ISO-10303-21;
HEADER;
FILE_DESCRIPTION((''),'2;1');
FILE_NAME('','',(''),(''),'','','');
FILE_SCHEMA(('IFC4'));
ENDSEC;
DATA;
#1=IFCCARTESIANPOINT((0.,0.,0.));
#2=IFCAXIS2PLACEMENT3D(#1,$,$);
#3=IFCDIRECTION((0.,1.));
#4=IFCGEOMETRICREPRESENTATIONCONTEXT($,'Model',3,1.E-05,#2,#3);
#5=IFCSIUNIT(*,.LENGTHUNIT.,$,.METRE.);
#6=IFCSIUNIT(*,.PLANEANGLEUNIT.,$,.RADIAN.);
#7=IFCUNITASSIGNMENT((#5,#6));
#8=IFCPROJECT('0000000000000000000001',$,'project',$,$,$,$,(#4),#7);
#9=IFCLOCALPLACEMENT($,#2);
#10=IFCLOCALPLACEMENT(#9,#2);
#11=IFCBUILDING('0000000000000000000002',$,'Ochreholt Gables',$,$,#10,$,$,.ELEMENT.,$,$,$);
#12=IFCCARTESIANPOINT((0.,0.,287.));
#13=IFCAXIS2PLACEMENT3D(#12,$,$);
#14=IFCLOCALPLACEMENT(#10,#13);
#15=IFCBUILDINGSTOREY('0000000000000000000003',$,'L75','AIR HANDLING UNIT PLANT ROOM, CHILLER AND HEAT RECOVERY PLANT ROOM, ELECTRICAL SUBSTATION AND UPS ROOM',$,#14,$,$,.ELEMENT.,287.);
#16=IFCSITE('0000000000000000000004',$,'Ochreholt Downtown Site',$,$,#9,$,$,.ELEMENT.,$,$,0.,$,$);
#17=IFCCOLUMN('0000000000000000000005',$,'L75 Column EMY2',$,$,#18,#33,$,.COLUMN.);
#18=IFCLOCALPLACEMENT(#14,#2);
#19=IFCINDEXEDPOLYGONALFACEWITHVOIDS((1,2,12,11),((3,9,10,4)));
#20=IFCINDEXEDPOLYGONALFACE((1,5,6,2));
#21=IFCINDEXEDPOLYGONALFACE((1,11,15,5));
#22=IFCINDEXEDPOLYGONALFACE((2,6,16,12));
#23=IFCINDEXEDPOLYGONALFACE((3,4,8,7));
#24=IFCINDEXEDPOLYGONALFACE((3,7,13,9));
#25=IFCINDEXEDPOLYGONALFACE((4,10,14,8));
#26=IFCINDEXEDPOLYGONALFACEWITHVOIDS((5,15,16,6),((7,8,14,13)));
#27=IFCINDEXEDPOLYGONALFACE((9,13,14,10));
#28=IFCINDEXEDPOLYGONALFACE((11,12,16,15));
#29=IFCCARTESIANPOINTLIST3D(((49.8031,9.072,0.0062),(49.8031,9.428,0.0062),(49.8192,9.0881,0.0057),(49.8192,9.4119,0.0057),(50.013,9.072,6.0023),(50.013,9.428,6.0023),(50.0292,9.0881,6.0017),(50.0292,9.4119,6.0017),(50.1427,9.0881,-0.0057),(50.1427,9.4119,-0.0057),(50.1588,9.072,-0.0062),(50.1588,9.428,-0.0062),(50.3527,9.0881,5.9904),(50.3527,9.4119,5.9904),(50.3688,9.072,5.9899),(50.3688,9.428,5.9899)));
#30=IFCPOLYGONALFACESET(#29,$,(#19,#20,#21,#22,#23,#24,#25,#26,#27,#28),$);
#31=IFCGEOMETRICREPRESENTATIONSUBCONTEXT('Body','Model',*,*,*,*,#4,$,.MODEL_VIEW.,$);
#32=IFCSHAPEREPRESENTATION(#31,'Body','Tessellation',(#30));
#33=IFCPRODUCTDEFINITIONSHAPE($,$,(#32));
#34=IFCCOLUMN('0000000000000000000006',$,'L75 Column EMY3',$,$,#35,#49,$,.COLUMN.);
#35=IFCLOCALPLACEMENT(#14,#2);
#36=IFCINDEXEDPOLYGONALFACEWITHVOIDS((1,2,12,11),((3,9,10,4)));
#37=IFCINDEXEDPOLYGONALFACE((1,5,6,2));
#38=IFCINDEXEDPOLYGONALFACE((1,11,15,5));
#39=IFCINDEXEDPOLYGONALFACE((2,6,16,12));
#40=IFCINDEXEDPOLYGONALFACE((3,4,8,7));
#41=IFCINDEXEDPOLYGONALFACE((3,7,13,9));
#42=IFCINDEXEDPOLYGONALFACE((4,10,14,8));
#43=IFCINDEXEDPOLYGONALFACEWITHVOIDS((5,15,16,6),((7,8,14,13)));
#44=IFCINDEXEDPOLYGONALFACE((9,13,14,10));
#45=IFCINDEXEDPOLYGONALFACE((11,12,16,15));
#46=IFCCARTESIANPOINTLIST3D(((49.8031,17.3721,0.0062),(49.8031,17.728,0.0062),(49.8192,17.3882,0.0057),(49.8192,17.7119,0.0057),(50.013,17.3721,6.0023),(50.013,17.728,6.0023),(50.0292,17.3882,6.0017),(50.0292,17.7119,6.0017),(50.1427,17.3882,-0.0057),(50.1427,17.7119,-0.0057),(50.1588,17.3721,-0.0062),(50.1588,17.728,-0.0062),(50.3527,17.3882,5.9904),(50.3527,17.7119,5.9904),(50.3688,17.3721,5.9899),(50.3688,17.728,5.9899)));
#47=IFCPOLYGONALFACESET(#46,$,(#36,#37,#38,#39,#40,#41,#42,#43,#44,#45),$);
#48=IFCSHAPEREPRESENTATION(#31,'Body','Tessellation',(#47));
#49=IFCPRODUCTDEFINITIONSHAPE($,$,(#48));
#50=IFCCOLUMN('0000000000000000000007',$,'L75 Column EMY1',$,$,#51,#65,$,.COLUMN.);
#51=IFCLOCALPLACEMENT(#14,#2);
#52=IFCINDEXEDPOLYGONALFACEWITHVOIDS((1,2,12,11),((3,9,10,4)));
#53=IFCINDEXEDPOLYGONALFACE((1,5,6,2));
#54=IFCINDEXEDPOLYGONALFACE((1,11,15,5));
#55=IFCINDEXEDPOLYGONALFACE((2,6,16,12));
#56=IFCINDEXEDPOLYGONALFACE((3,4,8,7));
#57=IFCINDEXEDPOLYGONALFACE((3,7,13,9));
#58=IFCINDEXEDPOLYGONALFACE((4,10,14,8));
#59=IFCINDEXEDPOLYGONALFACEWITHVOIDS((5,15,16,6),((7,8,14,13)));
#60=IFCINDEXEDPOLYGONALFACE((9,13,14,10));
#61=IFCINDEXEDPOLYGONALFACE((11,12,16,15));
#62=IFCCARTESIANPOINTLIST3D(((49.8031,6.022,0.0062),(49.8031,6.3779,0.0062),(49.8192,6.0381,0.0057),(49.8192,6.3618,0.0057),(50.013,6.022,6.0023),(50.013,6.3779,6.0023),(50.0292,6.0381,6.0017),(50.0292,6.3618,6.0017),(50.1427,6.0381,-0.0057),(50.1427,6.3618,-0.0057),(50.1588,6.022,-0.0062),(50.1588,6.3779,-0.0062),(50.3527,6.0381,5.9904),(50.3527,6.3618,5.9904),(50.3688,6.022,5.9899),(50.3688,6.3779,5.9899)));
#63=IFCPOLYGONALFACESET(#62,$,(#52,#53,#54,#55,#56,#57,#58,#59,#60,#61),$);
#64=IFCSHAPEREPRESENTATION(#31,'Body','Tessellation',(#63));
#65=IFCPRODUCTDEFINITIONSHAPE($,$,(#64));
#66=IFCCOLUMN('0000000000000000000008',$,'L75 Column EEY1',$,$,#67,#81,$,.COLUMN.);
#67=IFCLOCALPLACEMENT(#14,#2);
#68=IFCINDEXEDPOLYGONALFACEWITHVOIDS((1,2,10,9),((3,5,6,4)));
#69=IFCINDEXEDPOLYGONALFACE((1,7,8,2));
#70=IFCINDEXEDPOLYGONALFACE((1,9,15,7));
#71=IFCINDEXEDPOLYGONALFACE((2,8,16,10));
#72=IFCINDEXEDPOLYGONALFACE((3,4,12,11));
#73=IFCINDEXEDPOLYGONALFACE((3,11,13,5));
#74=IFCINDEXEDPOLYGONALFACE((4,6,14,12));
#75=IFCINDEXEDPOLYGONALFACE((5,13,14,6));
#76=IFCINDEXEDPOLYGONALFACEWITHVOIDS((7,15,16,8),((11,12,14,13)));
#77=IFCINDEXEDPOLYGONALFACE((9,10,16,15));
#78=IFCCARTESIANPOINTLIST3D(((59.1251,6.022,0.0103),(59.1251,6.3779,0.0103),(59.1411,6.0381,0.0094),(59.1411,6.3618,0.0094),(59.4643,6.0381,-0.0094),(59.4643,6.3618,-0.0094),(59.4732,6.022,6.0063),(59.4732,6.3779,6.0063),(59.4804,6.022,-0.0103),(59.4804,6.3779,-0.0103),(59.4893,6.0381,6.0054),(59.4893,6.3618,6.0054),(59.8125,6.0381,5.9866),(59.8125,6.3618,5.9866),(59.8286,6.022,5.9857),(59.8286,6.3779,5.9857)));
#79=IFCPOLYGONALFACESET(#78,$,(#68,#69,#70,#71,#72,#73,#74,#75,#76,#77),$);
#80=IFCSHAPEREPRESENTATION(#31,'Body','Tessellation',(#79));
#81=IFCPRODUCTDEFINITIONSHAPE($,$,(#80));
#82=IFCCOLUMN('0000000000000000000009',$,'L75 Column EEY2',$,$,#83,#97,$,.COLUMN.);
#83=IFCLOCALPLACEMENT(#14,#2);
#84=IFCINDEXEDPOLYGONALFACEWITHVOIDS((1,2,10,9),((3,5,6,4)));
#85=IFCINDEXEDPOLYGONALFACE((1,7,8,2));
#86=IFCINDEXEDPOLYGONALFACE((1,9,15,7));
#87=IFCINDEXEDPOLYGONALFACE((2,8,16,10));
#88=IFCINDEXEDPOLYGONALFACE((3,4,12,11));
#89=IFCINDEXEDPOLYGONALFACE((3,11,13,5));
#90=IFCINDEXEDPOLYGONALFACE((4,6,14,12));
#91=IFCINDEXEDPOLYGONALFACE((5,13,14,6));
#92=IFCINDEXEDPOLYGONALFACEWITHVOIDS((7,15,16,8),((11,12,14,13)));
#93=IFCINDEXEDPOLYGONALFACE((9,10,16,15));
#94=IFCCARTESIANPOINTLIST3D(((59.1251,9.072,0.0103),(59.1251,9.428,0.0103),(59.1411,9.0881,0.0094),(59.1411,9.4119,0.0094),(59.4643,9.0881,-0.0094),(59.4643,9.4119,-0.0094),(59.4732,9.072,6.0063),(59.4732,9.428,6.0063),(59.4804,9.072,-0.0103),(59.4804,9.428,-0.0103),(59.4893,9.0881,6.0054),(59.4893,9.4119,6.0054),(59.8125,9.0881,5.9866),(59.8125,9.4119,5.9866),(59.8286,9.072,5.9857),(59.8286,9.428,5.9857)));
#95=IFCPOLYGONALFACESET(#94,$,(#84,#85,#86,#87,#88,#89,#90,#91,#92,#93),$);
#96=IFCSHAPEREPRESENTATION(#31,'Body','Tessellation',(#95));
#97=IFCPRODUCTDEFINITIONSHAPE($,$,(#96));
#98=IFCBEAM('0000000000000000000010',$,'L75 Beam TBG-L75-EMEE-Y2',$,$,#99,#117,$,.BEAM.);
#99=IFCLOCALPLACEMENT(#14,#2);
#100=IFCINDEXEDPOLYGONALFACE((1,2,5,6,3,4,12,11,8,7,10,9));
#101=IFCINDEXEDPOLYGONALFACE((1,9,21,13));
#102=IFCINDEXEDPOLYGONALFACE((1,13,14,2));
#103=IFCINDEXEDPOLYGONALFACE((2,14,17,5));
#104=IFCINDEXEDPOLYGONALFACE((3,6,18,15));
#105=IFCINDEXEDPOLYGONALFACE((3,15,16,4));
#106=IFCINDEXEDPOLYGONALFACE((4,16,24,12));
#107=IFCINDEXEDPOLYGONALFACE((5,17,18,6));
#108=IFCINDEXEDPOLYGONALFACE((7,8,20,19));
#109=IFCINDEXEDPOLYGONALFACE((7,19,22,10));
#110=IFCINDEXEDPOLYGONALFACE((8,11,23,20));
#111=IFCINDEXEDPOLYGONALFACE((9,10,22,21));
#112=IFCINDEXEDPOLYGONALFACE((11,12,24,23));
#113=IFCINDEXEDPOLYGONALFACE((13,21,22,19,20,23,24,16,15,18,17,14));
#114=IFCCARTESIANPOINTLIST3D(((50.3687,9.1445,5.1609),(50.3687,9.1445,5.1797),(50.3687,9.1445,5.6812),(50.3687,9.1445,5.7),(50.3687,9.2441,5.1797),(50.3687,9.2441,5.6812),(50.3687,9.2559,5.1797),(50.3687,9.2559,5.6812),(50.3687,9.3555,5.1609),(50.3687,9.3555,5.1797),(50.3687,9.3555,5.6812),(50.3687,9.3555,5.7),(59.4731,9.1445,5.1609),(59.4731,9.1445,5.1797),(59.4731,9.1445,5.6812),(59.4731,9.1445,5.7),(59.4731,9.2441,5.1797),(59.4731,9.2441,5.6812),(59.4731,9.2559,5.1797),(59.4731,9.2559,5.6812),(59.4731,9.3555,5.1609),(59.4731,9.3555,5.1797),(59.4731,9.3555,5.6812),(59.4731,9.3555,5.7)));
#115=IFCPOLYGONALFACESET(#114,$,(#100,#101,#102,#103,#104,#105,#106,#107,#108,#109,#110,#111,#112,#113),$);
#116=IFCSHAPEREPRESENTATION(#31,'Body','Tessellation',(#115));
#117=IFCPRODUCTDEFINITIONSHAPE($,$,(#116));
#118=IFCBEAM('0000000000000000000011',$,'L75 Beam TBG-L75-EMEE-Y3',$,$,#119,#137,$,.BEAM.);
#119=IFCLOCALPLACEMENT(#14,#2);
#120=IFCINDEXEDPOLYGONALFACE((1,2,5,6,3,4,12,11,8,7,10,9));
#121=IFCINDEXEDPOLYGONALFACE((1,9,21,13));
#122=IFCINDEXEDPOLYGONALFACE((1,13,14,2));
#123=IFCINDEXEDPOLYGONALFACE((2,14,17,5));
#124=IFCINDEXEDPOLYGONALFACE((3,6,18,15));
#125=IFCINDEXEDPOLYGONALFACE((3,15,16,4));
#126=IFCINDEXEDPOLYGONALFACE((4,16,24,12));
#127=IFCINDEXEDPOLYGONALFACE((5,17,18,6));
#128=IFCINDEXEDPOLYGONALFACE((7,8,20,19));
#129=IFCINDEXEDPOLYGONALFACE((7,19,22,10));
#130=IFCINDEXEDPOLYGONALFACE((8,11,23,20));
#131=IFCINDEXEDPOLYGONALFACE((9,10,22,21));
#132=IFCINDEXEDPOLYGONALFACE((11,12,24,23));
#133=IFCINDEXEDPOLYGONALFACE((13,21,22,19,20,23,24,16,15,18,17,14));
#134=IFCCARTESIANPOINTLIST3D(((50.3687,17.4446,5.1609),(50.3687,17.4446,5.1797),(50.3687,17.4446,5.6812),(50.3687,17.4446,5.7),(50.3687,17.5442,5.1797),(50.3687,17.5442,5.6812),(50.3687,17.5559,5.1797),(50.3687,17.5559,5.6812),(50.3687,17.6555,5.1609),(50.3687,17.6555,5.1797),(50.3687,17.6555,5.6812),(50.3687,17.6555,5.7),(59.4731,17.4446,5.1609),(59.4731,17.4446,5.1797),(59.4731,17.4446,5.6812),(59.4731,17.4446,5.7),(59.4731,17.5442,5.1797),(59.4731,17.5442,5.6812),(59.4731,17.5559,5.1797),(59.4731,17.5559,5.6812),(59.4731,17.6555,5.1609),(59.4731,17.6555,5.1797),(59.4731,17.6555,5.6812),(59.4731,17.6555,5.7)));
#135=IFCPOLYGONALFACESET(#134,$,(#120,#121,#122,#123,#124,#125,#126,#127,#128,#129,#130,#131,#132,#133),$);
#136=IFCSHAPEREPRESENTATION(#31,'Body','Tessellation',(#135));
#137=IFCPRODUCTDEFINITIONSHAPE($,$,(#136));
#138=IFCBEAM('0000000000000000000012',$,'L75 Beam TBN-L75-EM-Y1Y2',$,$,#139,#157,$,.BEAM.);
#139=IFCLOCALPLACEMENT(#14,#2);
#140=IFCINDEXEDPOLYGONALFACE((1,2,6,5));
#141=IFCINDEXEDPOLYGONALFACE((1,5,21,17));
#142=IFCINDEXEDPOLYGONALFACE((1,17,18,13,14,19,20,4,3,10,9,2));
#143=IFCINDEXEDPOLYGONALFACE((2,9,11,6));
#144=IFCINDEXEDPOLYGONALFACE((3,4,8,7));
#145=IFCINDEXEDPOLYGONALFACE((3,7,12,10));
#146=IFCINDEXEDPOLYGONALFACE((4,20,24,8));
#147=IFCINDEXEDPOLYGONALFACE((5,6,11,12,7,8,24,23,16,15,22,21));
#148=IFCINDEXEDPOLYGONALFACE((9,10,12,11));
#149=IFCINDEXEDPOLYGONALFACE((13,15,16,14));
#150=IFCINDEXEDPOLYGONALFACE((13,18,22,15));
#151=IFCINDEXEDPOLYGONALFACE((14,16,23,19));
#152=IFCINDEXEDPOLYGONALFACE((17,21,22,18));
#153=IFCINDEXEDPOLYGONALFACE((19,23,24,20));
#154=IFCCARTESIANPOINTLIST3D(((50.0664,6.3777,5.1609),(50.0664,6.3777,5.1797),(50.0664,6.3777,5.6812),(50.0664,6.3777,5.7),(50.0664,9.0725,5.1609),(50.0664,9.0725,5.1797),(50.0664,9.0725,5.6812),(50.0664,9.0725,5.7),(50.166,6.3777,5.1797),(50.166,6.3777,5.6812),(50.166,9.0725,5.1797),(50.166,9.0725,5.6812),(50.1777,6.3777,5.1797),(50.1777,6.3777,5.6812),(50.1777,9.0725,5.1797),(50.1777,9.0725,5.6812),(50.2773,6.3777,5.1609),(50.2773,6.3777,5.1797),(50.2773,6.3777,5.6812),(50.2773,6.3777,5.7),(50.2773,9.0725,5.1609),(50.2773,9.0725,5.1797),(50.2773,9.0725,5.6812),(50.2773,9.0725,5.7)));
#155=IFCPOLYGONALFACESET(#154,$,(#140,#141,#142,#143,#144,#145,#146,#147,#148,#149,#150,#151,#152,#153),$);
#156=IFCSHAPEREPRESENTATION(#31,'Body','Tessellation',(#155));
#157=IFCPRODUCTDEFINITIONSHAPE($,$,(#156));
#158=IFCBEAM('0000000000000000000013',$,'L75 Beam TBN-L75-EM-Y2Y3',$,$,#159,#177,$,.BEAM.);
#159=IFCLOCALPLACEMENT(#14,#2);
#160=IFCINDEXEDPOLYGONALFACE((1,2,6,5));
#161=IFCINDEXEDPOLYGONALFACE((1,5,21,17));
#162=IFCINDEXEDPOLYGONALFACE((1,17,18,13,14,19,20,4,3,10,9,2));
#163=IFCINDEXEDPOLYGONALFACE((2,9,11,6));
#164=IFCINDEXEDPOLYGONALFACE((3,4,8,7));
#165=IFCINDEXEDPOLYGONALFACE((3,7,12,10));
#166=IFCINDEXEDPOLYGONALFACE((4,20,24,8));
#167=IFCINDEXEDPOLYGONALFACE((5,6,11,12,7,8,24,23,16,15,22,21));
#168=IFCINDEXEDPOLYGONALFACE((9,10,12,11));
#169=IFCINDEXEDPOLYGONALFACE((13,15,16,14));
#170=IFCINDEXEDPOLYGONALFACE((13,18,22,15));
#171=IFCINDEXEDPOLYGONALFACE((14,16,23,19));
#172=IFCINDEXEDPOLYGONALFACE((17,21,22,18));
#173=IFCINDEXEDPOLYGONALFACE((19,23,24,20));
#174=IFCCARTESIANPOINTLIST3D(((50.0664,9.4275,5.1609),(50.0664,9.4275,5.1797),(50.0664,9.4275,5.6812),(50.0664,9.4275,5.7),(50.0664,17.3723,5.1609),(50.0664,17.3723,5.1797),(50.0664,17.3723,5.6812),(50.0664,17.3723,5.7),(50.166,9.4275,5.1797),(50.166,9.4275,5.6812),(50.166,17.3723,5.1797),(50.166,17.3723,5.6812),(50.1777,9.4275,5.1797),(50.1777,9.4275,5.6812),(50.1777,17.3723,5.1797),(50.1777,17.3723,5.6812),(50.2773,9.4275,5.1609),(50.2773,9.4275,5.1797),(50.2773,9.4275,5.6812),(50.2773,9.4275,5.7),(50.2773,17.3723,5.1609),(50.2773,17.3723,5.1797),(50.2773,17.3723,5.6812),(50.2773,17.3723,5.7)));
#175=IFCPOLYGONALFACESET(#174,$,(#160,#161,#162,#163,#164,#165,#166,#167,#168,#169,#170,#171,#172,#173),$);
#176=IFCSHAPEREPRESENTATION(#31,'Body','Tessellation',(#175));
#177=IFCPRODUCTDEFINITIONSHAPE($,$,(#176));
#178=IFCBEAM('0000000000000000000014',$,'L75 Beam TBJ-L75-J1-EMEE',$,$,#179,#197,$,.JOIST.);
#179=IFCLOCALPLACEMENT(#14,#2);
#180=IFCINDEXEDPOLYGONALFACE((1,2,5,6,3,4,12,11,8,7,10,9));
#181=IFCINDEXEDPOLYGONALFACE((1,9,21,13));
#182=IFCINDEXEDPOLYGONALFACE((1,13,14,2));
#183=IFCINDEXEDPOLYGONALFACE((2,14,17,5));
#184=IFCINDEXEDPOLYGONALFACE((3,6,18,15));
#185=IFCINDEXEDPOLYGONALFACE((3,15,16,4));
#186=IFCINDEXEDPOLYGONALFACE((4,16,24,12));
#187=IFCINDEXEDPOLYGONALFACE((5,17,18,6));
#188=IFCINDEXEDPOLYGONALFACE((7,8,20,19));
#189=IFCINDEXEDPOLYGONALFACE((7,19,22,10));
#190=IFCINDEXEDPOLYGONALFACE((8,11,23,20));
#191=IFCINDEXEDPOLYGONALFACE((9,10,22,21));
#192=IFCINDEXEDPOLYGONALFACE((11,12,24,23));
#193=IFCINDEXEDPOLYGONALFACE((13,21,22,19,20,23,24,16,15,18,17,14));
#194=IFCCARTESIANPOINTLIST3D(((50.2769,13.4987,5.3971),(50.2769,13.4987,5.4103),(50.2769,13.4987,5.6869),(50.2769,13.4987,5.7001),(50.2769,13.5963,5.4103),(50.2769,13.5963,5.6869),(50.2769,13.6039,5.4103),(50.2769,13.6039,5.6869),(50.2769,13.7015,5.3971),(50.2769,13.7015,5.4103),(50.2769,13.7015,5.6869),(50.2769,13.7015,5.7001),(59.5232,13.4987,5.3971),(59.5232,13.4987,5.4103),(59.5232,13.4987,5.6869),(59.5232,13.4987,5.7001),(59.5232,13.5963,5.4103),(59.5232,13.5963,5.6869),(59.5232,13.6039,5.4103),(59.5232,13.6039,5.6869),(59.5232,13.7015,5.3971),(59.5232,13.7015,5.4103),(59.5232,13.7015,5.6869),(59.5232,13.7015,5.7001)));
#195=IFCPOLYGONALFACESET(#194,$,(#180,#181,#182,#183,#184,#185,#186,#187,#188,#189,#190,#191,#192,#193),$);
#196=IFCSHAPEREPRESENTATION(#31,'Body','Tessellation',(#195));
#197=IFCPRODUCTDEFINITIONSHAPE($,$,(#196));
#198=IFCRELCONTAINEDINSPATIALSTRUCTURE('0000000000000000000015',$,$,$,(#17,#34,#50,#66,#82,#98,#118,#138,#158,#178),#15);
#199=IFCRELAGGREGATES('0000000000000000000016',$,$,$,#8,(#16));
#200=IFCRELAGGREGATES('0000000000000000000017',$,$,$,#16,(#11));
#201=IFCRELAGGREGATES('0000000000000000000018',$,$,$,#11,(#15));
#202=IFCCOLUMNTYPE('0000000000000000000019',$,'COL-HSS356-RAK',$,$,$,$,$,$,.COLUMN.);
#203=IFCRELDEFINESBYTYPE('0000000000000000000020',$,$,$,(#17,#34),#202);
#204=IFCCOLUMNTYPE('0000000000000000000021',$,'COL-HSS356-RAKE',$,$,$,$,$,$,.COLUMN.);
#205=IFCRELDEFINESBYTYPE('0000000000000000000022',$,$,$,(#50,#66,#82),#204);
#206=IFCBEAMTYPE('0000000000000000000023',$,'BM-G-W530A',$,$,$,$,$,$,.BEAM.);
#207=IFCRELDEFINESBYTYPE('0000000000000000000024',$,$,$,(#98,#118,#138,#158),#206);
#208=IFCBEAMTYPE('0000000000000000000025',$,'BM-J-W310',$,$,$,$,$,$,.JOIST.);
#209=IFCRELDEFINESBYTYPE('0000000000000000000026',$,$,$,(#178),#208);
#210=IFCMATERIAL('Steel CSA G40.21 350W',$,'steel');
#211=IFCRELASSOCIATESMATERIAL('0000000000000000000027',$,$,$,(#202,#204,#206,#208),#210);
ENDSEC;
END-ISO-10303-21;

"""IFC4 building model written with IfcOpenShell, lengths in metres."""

from ifc_helpers import new_model, si_unit, direction, frame, origin, origin_2d, place, context, subcontext, project, spatial, hollow_rectangle, i_section, extrude, material, material_profile, profile_set, type_object, element, save


model = new_model("IFC4")

# Units and contexts
model_context = context("Model", 3, precision=1e-05, world=origin(), true_north=direction((0.0, 1.0)))
body_context = subcontext(model_context, "Body", "Model", "MODEL_VIEW")
ifc_project = project(units=[si_unit("LENGTHUNIT", "METRE"), si_unit("PLANEANGLEUNIT", "RADIAN")], contexts=[model_context])

# Site, building, storey
site_placement = place(None, origin())
site = spatial("IfcSite", under=ifc_project, at=site_placement, Name="Ochreholt Downtown Site", CompositionType="ELEMENT", RefElevation=0.0)
building_placement = place(site_placement, origin())
building = spatial("IfcBuilding", under=site, at=building_placement, Name="Ochreholt Gables", CompositionType="ELEMENT")
storey_placement = place(building_placement, frame((0.0, 0.0, 287.0)))
storey = spatial("IfcBuildingStorey", under=building, at=storey_placement, Name="L75", Description="AIR HANDLING UNIT PLANT ROOM, CHILLER AND HEAT RECOVERY PLANT ROOM, ELECTRICAL SUBSTATION AND UPS ROOM", CompositionType="ELEMENT", Elevation=287.0)

# Columns
ifc_material_1 = material(Name="Steel CSA G40.21 350W", Category="steel")
ifc_material_profile_1 = material_profile(ifc_material_1, hollow_rectangle(XDim=0.356, YDim=0.356, WallThickness=0.0161, at=origin_2d()), Name="HSS356X356X16")
ifc_profile_set_1 = profile_set([ifc_material_profile_1], Name="Steel CSA G40.21 350W")
column_type_1 = type_object("IfcColumnType", Name="COL-HSS356-RAK", PredefinedType="COLUMN", material=ifc_profile_set_1)
for number, where, z_axis, x_axis, name in (
    (1, (49.981, 9.25, 0.0), (0.034995, 0.0, 0.999387), (0.0, 1.0, 0.0), "L75 Column EMY2"),
    (2, (49.981, 17.55, 0.0), (0.034995, 0.0, 0.999387), (0.0, 1.0, 0.0), "L75 Column EMY3"),
):
    element("IfcColumn", number, at=place(storey_placement, frame(where, z_axis=z_axis, x_axis=x_axis)), inside=storey, type_object=column_type_1, Name=name, PredefinedType="COLUMN", context=body_context, shape_type="SweptSolid", body=[
        extrude(hollow_rectangle(XDim=0.356, YDim=0.356, WallThickness=0.0161, at=origin_2d()), origin(), (0.0, 0.0, 1.0), 5.9998),
    ])
ifc_material_profile_2 = material_profile(ifc_material_1, hollow_rectangle(XDim=0.356, YDim=0.356, WallThickness=0.0161, at=origin_2d()), Name="HSS356X356X16")
ifc_profile_set_2 = profile_set([ifc_material_profile_2], Name="Steel CSA G40.21 350W")
column_type_2 = type_object("IfcColumnType", Name="COL-HSS356-RAKE", PredefinedType="COLUMN", material=ifc_profile_set_2)
column_placement = place(storey_placement, frame((49.981, 6.2, 0.0), z_axis=(0.034995, 0.0, 0.999387), x_axis=(0.0, 1.0, 0.0)))
element("IfcColumn", 3, at=column_placement, inside=storey, type_object=column_type_2, Name="L75 Column EMY1", PredefinedType="COLUMN", context=body_context, shape_type="SweptSolid", body=[
    extrude(hollow_rectangle(XDim=0.356, YDim=0.356, WallThickness=0.0161, at=origin_2d()), origin(), (0.0, 0.0, 1.0), 5.9998),
])
for number, where, z_axis, x_axis, name in (
    (4, (59.3027, 6.2, 0.0), (0.057964, 0.0, 0.998319), (0.0, 1.0, 0.0), "L75 Column EEY1"),
    (5, (59.3027, 9.25, 0.0), (0.057964, 0.0, 0.998319), (0.0, 1.0, 0.0), "L75 Column EEY2"),
):
    element("IfcColumn", number, at=place(storey_placement, frame(where, z_axis=z_axis, x_axis=x_axis)), inside=storey, type_object=column_type_2, Name=name, PredefinedType="COLUMN", context=body_context, shape_type="SweptSolid", body=[
        extrude(hollow_rectangle(XDim=0.356, YDim=0.356, WallThickness=0.0161, at=origin_2d()), origin(), (0.0, 0.0, 1.0), 6.0061),
    ])

# Beams
ifc_material_profile_3 = material_profile(ifc_material_1, i_section(OverallWidth=0.2109, OverallDepth=0.5391, WebThickness=0.0117, FlangeThickness=0.0188, at=origin_2d()), Name="W530X109")
ifc_profile_set_3 = profile_set([ifc_material_profile_3], Name="Steel CSA G40.21 350W")
beam_type_1 = type_object("IfcBeamType", Name="BM-G-W530A", PredefinedType="BEAM", material=ifc_profile_set_3)
for number, where, z_axis, x_axis, name in (
    (6, (50.3687, 9.25, 5.4304), (1.0, 0.0, 0.0), (0.0, 1.0, 0.0), "L75 Beam TBG-L75-EMEE-Y2"),
    (7, (50.3687, 17.55, 5.4304), (1.0, 0.0, 0.0), (0.0, 1.0, 0.0), "L75 Beam TBG-L75-EMEE-Y3"),
):
    element("IfcBeam", number, at=place(storey_placement, frame(where, z_axis=z_axis, x_axis=x_axis)), inside=storey, type_object=beam_type_1, Name=name, PredefinedType="BEAM", context=body_context, shape_type="SweptSolid", body=[
        extrude(i_section(OverallWidth=0.2109, OverallDepth=0.5391, WebThickness=0.0117, FlangeThickness=0.0188, at=origin_2d()), origin(), (0.0, 0.0, 1.0), 9.1045),
    ])
beam_1_placement = place(storey_placement, frame((50.1719, 6.3777, 5.4304), z_axis=(0.0, 1.0, 0.0), x_axis=(-1.0, 0.0, 0.0)))
element("IfcBeam", 8, at=beam_1_placement, inside=storey, type_object=beam_type_1, Name="L75 Beam TBN-L75-EM-Y1Y2", PredefinedType="BEAM", context=body_context, shape_type="SweptSolid", body=[
    extrude(i_section(OverallWidth=0.2109, OverallDepth=0.5391, WebThickness=0.0117, FlangeThickness=0.0188, at=origin_2d()), origin(), (0.0, 0.0, 1.0), 2.6948),
])
beam_2_placement = place(storey_placement, frame((50.1719, 9.4275, 5.4304), z_axis=(0.0, 1.0, 0.0), x_axis=(-1.0, 0.0, 0.0)))
element("IfcBeam", 9, at=beam_2_placement, inside=storey, type_object=beam_type_1, Name="L75 Beam TBN-L75-EM-Y2Y3", PredefinedType="BEAM", context=body_context, shape_type="SweptSolid", body=[
    extrude(i_section(OverallWidth=0.2109, OverallDepth=0.5391, WebThickness=0.0117, FlangeThickness=0.0188, at=origin_2d()), origin(), (0.0, 0.0, 1.0), 7.9448),
])
ifc_material_profile_4 = material_profile(ifc_material_1, i_section(OverallWidth=0.2029, OverallDepth=0.303, WebThickness=0.0076, FlangeThickness=0.0132, at=origin_2d()), Name="W310X60")
ifc_profile_set_4 = profile_set([ifc_material_profile_4], Name="Steel CSA G40.21 350W")
beam_type_2 = type_object("IfcBeamType", Name="BM-J-W310", PredefinedType="JOIST", material=ifc_profile_set_4)
beam_3_placement = place(storey_placement, frame((50.2769, 13.6001, 5.5486), z_axis=(1.0, 0.0, 0.0), x_axis=(0.0, 1.0, 0.0)))
element("IfcBeam", 10, at=beam_3_placement, inside=storey, type_object=beam_type_2, Name="L75 Beam TBJ-L75-J1-EMEE", PredefinedType="JOIST", context=body_context, shape_type="SweptSolid", body=[
    extrude(i_section(OverallWidth=0.2029, OverallDepth=0.303, WebThickness=0.0076, FlangeThickness=0.0132, at=origin_2d()), origin(), (0.0, 0.0, 1.0), 9.2463),
])

save(model, "model.ifc")
